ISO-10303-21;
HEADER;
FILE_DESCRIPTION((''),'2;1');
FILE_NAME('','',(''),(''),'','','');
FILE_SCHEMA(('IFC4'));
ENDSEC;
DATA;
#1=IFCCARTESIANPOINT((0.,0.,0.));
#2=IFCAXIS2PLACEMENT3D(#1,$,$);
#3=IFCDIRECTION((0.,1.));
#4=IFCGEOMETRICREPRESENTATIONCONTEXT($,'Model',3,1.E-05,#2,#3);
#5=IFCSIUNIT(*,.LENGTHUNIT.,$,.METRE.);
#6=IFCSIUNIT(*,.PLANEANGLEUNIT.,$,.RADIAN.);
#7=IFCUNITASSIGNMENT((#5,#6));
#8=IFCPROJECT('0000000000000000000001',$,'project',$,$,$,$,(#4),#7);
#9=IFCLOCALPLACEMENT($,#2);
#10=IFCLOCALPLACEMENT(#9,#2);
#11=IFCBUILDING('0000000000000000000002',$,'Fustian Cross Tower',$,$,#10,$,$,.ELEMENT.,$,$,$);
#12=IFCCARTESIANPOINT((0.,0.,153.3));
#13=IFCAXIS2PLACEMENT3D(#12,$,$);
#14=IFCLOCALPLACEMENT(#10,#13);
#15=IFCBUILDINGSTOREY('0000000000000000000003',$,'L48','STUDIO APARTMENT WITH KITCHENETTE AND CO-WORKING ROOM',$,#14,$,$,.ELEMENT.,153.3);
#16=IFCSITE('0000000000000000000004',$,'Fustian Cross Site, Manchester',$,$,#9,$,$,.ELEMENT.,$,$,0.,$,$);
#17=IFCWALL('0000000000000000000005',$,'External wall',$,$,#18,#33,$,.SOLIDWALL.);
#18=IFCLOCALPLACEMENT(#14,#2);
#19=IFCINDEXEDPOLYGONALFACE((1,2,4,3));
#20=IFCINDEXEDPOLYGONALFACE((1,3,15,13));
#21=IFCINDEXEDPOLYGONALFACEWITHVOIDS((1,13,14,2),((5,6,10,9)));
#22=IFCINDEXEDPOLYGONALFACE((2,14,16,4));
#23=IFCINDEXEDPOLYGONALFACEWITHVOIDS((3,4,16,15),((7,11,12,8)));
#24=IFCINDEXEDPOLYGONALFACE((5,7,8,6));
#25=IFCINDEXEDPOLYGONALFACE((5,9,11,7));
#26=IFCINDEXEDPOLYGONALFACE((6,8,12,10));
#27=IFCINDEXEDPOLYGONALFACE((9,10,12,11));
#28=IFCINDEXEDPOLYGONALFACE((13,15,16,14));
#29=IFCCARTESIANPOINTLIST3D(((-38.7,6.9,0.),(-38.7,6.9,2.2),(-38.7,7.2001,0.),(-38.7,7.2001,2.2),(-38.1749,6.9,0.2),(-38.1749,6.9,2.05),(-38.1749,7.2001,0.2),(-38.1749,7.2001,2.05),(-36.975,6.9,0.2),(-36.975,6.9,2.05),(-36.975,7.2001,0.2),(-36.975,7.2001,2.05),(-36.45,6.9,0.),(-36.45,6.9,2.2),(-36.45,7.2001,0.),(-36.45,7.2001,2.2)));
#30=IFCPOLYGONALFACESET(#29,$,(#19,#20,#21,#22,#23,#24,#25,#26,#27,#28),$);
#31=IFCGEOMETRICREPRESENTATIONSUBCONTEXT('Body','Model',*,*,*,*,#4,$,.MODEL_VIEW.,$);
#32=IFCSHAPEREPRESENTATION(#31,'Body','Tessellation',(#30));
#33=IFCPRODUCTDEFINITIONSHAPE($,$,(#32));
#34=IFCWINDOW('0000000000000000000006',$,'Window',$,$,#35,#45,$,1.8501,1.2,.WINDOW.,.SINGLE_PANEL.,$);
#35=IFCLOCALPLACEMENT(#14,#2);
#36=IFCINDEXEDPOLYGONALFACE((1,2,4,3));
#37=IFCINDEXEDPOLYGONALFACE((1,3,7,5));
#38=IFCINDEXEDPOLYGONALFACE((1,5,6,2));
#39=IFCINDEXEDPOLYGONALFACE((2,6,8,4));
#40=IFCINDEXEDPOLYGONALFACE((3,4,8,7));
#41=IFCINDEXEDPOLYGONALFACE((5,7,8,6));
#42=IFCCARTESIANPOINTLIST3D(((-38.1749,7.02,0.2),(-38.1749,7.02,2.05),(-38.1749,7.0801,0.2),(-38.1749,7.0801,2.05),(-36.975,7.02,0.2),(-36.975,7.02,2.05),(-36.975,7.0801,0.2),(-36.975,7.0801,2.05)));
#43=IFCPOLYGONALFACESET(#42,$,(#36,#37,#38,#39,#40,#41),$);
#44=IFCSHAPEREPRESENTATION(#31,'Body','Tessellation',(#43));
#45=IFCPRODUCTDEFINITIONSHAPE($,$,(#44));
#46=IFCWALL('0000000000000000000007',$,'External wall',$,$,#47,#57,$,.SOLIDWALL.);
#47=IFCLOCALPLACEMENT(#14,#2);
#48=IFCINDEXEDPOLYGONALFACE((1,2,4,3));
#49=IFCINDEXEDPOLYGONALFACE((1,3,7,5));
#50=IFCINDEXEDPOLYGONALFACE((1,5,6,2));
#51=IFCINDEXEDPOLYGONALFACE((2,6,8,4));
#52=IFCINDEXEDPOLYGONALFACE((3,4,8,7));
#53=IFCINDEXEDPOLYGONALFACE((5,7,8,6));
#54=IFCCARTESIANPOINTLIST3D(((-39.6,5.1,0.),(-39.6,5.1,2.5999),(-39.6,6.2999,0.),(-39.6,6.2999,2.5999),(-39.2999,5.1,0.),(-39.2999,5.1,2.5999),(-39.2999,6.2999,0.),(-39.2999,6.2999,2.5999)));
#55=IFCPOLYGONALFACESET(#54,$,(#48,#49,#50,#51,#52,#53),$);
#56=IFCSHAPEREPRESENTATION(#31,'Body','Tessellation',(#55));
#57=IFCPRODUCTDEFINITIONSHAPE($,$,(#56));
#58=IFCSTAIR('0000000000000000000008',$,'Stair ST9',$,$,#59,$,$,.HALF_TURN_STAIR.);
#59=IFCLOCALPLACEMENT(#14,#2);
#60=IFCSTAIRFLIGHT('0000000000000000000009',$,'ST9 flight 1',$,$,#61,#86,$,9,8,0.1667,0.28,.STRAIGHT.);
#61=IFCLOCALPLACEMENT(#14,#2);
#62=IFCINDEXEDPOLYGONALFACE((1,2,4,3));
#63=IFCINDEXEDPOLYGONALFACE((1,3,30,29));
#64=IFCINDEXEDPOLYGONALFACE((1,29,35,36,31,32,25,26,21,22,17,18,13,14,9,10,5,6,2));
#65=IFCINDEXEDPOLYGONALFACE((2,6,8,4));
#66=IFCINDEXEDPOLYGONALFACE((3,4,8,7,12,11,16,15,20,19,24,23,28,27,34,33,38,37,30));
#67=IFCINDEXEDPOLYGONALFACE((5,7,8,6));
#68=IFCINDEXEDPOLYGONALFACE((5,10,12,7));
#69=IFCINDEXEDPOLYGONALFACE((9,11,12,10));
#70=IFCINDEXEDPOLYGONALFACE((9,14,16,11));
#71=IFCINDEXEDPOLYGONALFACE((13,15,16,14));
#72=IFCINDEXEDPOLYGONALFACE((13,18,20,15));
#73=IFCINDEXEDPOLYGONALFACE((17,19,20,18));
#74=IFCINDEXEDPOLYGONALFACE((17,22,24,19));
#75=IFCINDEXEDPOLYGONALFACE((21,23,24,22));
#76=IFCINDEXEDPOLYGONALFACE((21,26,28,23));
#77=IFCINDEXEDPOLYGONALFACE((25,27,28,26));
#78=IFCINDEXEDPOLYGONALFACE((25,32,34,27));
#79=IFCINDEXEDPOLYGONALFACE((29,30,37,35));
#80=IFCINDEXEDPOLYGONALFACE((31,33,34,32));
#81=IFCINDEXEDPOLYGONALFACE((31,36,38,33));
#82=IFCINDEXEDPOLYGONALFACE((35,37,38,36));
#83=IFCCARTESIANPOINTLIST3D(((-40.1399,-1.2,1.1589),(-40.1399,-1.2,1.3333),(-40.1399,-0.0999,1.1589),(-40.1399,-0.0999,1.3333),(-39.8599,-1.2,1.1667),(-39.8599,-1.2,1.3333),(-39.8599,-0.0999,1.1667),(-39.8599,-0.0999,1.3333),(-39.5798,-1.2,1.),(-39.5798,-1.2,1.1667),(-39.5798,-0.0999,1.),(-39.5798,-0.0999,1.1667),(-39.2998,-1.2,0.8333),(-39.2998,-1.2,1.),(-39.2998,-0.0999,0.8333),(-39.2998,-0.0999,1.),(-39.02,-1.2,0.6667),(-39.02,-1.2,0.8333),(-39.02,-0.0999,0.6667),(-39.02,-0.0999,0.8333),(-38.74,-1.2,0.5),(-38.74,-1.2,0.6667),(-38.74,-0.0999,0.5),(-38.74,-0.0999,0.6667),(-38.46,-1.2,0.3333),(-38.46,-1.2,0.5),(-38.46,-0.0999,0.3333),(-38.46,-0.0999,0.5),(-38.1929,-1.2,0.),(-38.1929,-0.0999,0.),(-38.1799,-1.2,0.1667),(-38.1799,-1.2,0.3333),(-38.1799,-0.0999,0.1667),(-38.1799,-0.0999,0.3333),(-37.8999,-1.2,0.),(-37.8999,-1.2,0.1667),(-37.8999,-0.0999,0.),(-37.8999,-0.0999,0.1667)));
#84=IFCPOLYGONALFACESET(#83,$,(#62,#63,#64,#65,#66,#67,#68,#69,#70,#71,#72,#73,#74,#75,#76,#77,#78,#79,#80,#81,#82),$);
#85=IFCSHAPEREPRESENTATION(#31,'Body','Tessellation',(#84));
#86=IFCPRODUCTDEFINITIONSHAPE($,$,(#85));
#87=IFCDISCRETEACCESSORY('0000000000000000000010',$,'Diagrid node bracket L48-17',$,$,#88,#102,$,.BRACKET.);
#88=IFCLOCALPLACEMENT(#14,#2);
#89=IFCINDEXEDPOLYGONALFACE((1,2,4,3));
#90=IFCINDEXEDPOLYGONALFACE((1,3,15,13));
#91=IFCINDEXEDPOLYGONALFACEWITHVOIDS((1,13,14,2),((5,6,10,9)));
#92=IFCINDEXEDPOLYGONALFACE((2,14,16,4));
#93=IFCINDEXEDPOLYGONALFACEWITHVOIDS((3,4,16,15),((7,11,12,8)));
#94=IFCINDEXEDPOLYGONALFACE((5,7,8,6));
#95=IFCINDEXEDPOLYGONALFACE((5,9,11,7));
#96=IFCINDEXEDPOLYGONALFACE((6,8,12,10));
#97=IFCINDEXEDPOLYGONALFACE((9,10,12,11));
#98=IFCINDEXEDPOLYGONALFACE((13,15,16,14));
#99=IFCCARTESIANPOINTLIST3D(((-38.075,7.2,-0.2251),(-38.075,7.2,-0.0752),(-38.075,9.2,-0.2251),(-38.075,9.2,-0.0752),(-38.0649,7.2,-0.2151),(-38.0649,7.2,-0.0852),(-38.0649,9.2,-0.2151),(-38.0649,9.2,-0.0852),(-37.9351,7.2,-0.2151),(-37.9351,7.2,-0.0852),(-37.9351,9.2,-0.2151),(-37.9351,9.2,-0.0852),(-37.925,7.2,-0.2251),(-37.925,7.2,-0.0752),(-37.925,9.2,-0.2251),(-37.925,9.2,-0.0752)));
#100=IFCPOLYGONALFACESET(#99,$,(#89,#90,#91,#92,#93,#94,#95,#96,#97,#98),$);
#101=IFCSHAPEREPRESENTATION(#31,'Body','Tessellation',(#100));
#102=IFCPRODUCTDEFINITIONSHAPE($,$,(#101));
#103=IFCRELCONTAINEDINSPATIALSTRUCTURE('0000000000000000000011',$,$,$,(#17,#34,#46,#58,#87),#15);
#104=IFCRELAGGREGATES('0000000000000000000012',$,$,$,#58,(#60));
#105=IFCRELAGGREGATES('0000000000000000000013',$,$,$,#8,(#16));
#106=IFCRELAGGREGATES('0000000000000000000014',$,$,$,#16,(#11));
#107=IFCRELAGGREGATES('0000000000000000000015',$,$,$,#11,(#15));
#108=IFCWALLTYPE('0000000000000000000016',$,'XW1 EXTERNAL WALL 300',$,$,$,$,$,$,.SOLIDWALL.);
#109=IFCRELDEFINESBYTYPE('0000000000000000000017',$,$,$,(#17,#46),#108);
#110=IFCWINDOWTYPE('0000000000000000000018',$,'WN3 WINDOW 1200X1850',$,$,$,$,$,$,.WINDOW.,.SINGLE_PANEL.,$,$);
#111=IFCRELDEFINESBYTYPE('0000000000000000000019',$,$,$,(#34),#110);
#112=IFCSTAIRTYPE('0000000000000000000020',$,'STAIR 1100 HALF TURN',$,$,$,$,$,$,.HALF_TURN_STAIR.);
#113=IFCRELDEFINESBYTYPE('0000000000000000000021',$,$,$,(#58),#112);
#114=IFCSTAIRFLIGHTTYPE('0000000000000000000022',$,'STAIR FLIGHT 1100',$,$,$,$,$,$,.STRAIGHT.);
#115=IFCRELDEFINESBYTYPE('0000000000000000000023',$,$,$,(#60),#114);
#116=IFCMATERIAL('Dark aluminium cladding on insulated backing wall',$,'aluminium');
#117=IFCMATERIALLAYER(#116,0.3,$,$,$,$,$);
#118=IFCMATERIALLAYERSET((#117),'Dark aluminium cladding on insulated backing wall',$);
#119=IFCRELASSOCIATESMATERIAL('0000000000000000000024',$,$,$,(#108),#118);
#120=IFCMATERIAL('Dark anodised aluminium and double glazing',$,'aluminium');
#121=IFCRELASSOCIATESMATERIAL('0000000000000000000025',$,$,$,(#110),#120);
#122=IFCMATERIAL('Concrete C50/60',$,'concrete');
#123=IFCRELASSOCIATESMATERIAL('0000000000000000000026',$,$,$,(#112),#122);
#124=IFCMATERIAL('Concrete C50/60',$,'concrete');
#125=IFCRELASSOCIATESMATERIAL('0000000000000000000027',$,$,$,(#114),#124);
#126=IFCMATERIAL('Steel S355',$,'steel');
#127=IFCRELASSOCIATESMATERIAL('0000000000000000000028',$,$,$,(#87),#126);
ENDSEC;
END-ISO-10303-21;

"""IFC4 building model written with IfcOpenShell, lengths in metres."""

from ifc_helpers import new_model, si_unit, direction, frame, frame_2d, origin, origin_2d, place, context, subcontext, project, spatial, polyline, rectangle, hollow_rectangle, outline, extrude, material, layer, layer_set, type_object, element, fill, aggregate, save


model = new_model("IFC4")

# Units and contexts
model_context = context("Model", 3, precision=1e-05, world=origin(), true_north=direction((0.0, 1.0)))
body_context = subcontext(model_context, "Body", "Model", "MODEL_VIEW")
ifc_project = project(units=[si_unit("LENGTHUNIT", "METRE"), si_unit("PLANEANGLEUNIT", "RADIAN")], contexts=[model_context])

# Site, building, storey
site_placement = place(None, origin())
site = spatial("IfcSite", under=ifc_project, at=site_placement, Name="Fustian Cross Site, Manchester", CompositionType="ELEMENT", RefElevation=0.0)
building_placement = place(site_placement, origin())
building = spatial("IfcBuilding", under=site, at=building_placement, Name="Fustian Cross Tower", CompositionType="ELEMENT")
storey_placement = place(building_placement, frame((0.0, 0.0, 153.3)))
storey = spatial("IfcBuildingStorey", under=building, at=storey_placement, Name="L48", Description="STUDIO APARTMENT WITH KITCHENETTE AND CO-WORKING ROOM", CompositionType="ELEMENT", Elevation=153.3)

# Wall, opening, window
ifc_material_1 = material(Name="Dark aluminium cladding on insulated backing wall", Category="aluminium")
ifc_layer_1 = layer(ifc_material_1, 0.3)
ifc_layer_set_1 = layer_set([ifc_layer_1], Name="Dark aluminium cladding on insulated backing wall")
wall_type_1 = type_object("IfcWallType", Name="XW1 EXTERNAL WALL 300", PredefinedType="SOLIDWALL", material=ifc_layer_set_1)
wall_1_placement = place(storey_placement, frame((-36.45, 7.05, 0.0), z_axis=(0.0, 0.0, 1.0), x_axis=(-1.0, 0.0, 0.0)))
wall_1 = element("IfcWall", 1, at=wall_1_placement, inside=storey, type_object=wall_type_1, Name="External wall", PredefinedType="SOLIDWALL", context=body_context, shape_type="SweptSolid", body=[
    extrude(rectangle(XDim=2.25, YDim=0.3, at=frame_2d((1.125, 0.0))), origin(), (0.0, 0.0, 1.0), 2.2),
])
opening_1_placement = place(wall_1_placement, frame((0.5249, 0.0, 0.2)))
opening_1 = element("IfcOpeningElement", 2, at=opening_1_placement, cuts=wall_1, PredefinedType="OPENING", context=body_context, shape_type="SweptSolid", body=[
    extrude(rectangle(XDim=1.2, YDim=1.8501, at=frame_2d((0.6001, 0.925))), frame((0.0, 0.1599, 0.0), z_axis=(0.0, -1.0, 0.0), x_axis=(1.0, 0.0, 0.0)), (0.0, 0.0, 1.0), 0.3201),
])
ifc_material_2 = material(Name="Dark anodised aluminium and double glazing", Category="aluminium")
window_type = type_object("IfcWindowType", Name="WN3 WINDOW 1200X1850", PartitioningType="SINGLE_PANEL", PredefinedType="WINDOW", material=ifc_material_2)
window_placement = place(opening_1_placement, origin())
window = element("IfcWindow", 3, at=window_placement, inside=storey, type_object=window_type, Name="Window", OverallHeight=1.8501, OverallWidth=1.2, PartitioningType="SINGLE_PANEL", PredefinedType="WINDOW", context=body_context, shape_type="SweptSolid", body=[
    extrude(rectangle(XDim=1.2, YDim=1.8501, at=frame_2d((0.6001, 0.925))), frame((0.0, 0.03, 0.0), z_axis=(0.0, -1.0, 0.0), x_axis=(1.0, 0.0, 0.0)), (0.0, 0.0, 1.0), 0.0601),
])
fill(opening_1, window)

# Wall
wall_2_placement = place(storey_placement, frame((-39.45, 6.3, 0.0), z_axis=(0.0, 0.0, 1.0), x_axis=(0.0, -1.0, 0.0)))
element("IfcWall", 4, at=wall_2_placement, inside=storey, type_object=wall_type_1, Name="External wall", PredefinedType="SOLIDWALL", context=body_context, shape_type="SweptSolid", body=[
    extrude(rectangle(XDim=1.2, YDim=0.3, at=frame_2d((0.6001, 0.0))), origin(), (0.0, 0.0, 1.0), 2.5999),
])

# Stair, stair flight
ifc_material_3 = material(Name="Concrete C50/60", Category="concrete")
stair_type = type_object("IfcStairType", Name="STAIR 1100 HALF TURN", PredefinedType="HALF_TURN_STAIR", material=ifc_material_3)
stair_placement = place(storey_placement, origin())
stair = element("IfcStair", 5, at=stair_placement, inside=storey, type_object=stair_type, Name="Stair ST9", PredefinedType="HALF_TURN_STAIR")
ifc_material_4 = material(Name="Concrete C50/60", Category="concrete")
stair_flight_type = type_object("IfcStairFlightType", Name="STAIR FLIGHT 1100", PredefinedType="STRAIGHT", material=ifc_material_4)
stair_flight_placement = place(storey_placement, frame((-37.8999, -0.6499, 0.0), z_axis=(0.0, 0.0, 1.0), x_axis=(-1.0, 0.0, 0.0)))
stair_flight = element("IfcStairFlight", 6, at=stair_flight_placement, type_object=stair_flight_type, Name="ST9 flight 1", NumberOfRisers=9, NumberOfTreads=8, PredefinedType="STRAIGHT", RiserHeight=0.1667, TreadLength=0.28, context=body_context, shape_type="SweptSolid", body=[
    extrude(outline(polyline([(0.0, 0.0), (0.0, 0.1667), (0.28, 0.1667), (0.28, 0.3333), (0.5601, 0.3333), (0.5601, 0.5), (0.8401, 0.5), (0.8401, 0.6667), (1.1201, 0.6667), (1.1201, 0.8333), (1.3999, 0.8333), (1.3999, 1.0), (1.6799, 1.0), (1.6799, 1.1667), (1.96, 1.1667), (1.96, 1.3333), (2.24, 1.3333), (2.24, 1.5), (2.24, 1.1589), (0.293, 0.0), (0.0, 0.0)])), frame((0.0, 0.55, 0.0), z_axis=(0.0, -1.0, 0.0), x_axis=(1.0, 0.0, 0.0)), (0.0, 0.0, 1.0), 1.1001),
])
aggregate(stair, [stair_flight])

# Discrete accessory
ifc_material_5 = material(Name="Steel S355", Category="steel")
discrete_accessory_placement = place(storey_placement, frame((-38.0, 9.2, -0.1501), z_axis=(0.0, -1.0, 0.0), x_axis=(1.0, 0.0, 0.0)))
element("IfcDiscreteAccessory", 7, at=discrete_accessory_placement, inside=storey, material=ifc_material_5, Name="Diagrid node bracket L48-17", PredefinedType="BRACKET", context=body_context, shape_type="SweptSolid", body=[
    extrude(hollow_rectangle(XDim=0.1499, YDim=0.1499, WallThickness=0.01, at=origin_2d()), origin(), (0.0, 0.0, 1.0), 2.0),
])

save(model, "model.ifc")
